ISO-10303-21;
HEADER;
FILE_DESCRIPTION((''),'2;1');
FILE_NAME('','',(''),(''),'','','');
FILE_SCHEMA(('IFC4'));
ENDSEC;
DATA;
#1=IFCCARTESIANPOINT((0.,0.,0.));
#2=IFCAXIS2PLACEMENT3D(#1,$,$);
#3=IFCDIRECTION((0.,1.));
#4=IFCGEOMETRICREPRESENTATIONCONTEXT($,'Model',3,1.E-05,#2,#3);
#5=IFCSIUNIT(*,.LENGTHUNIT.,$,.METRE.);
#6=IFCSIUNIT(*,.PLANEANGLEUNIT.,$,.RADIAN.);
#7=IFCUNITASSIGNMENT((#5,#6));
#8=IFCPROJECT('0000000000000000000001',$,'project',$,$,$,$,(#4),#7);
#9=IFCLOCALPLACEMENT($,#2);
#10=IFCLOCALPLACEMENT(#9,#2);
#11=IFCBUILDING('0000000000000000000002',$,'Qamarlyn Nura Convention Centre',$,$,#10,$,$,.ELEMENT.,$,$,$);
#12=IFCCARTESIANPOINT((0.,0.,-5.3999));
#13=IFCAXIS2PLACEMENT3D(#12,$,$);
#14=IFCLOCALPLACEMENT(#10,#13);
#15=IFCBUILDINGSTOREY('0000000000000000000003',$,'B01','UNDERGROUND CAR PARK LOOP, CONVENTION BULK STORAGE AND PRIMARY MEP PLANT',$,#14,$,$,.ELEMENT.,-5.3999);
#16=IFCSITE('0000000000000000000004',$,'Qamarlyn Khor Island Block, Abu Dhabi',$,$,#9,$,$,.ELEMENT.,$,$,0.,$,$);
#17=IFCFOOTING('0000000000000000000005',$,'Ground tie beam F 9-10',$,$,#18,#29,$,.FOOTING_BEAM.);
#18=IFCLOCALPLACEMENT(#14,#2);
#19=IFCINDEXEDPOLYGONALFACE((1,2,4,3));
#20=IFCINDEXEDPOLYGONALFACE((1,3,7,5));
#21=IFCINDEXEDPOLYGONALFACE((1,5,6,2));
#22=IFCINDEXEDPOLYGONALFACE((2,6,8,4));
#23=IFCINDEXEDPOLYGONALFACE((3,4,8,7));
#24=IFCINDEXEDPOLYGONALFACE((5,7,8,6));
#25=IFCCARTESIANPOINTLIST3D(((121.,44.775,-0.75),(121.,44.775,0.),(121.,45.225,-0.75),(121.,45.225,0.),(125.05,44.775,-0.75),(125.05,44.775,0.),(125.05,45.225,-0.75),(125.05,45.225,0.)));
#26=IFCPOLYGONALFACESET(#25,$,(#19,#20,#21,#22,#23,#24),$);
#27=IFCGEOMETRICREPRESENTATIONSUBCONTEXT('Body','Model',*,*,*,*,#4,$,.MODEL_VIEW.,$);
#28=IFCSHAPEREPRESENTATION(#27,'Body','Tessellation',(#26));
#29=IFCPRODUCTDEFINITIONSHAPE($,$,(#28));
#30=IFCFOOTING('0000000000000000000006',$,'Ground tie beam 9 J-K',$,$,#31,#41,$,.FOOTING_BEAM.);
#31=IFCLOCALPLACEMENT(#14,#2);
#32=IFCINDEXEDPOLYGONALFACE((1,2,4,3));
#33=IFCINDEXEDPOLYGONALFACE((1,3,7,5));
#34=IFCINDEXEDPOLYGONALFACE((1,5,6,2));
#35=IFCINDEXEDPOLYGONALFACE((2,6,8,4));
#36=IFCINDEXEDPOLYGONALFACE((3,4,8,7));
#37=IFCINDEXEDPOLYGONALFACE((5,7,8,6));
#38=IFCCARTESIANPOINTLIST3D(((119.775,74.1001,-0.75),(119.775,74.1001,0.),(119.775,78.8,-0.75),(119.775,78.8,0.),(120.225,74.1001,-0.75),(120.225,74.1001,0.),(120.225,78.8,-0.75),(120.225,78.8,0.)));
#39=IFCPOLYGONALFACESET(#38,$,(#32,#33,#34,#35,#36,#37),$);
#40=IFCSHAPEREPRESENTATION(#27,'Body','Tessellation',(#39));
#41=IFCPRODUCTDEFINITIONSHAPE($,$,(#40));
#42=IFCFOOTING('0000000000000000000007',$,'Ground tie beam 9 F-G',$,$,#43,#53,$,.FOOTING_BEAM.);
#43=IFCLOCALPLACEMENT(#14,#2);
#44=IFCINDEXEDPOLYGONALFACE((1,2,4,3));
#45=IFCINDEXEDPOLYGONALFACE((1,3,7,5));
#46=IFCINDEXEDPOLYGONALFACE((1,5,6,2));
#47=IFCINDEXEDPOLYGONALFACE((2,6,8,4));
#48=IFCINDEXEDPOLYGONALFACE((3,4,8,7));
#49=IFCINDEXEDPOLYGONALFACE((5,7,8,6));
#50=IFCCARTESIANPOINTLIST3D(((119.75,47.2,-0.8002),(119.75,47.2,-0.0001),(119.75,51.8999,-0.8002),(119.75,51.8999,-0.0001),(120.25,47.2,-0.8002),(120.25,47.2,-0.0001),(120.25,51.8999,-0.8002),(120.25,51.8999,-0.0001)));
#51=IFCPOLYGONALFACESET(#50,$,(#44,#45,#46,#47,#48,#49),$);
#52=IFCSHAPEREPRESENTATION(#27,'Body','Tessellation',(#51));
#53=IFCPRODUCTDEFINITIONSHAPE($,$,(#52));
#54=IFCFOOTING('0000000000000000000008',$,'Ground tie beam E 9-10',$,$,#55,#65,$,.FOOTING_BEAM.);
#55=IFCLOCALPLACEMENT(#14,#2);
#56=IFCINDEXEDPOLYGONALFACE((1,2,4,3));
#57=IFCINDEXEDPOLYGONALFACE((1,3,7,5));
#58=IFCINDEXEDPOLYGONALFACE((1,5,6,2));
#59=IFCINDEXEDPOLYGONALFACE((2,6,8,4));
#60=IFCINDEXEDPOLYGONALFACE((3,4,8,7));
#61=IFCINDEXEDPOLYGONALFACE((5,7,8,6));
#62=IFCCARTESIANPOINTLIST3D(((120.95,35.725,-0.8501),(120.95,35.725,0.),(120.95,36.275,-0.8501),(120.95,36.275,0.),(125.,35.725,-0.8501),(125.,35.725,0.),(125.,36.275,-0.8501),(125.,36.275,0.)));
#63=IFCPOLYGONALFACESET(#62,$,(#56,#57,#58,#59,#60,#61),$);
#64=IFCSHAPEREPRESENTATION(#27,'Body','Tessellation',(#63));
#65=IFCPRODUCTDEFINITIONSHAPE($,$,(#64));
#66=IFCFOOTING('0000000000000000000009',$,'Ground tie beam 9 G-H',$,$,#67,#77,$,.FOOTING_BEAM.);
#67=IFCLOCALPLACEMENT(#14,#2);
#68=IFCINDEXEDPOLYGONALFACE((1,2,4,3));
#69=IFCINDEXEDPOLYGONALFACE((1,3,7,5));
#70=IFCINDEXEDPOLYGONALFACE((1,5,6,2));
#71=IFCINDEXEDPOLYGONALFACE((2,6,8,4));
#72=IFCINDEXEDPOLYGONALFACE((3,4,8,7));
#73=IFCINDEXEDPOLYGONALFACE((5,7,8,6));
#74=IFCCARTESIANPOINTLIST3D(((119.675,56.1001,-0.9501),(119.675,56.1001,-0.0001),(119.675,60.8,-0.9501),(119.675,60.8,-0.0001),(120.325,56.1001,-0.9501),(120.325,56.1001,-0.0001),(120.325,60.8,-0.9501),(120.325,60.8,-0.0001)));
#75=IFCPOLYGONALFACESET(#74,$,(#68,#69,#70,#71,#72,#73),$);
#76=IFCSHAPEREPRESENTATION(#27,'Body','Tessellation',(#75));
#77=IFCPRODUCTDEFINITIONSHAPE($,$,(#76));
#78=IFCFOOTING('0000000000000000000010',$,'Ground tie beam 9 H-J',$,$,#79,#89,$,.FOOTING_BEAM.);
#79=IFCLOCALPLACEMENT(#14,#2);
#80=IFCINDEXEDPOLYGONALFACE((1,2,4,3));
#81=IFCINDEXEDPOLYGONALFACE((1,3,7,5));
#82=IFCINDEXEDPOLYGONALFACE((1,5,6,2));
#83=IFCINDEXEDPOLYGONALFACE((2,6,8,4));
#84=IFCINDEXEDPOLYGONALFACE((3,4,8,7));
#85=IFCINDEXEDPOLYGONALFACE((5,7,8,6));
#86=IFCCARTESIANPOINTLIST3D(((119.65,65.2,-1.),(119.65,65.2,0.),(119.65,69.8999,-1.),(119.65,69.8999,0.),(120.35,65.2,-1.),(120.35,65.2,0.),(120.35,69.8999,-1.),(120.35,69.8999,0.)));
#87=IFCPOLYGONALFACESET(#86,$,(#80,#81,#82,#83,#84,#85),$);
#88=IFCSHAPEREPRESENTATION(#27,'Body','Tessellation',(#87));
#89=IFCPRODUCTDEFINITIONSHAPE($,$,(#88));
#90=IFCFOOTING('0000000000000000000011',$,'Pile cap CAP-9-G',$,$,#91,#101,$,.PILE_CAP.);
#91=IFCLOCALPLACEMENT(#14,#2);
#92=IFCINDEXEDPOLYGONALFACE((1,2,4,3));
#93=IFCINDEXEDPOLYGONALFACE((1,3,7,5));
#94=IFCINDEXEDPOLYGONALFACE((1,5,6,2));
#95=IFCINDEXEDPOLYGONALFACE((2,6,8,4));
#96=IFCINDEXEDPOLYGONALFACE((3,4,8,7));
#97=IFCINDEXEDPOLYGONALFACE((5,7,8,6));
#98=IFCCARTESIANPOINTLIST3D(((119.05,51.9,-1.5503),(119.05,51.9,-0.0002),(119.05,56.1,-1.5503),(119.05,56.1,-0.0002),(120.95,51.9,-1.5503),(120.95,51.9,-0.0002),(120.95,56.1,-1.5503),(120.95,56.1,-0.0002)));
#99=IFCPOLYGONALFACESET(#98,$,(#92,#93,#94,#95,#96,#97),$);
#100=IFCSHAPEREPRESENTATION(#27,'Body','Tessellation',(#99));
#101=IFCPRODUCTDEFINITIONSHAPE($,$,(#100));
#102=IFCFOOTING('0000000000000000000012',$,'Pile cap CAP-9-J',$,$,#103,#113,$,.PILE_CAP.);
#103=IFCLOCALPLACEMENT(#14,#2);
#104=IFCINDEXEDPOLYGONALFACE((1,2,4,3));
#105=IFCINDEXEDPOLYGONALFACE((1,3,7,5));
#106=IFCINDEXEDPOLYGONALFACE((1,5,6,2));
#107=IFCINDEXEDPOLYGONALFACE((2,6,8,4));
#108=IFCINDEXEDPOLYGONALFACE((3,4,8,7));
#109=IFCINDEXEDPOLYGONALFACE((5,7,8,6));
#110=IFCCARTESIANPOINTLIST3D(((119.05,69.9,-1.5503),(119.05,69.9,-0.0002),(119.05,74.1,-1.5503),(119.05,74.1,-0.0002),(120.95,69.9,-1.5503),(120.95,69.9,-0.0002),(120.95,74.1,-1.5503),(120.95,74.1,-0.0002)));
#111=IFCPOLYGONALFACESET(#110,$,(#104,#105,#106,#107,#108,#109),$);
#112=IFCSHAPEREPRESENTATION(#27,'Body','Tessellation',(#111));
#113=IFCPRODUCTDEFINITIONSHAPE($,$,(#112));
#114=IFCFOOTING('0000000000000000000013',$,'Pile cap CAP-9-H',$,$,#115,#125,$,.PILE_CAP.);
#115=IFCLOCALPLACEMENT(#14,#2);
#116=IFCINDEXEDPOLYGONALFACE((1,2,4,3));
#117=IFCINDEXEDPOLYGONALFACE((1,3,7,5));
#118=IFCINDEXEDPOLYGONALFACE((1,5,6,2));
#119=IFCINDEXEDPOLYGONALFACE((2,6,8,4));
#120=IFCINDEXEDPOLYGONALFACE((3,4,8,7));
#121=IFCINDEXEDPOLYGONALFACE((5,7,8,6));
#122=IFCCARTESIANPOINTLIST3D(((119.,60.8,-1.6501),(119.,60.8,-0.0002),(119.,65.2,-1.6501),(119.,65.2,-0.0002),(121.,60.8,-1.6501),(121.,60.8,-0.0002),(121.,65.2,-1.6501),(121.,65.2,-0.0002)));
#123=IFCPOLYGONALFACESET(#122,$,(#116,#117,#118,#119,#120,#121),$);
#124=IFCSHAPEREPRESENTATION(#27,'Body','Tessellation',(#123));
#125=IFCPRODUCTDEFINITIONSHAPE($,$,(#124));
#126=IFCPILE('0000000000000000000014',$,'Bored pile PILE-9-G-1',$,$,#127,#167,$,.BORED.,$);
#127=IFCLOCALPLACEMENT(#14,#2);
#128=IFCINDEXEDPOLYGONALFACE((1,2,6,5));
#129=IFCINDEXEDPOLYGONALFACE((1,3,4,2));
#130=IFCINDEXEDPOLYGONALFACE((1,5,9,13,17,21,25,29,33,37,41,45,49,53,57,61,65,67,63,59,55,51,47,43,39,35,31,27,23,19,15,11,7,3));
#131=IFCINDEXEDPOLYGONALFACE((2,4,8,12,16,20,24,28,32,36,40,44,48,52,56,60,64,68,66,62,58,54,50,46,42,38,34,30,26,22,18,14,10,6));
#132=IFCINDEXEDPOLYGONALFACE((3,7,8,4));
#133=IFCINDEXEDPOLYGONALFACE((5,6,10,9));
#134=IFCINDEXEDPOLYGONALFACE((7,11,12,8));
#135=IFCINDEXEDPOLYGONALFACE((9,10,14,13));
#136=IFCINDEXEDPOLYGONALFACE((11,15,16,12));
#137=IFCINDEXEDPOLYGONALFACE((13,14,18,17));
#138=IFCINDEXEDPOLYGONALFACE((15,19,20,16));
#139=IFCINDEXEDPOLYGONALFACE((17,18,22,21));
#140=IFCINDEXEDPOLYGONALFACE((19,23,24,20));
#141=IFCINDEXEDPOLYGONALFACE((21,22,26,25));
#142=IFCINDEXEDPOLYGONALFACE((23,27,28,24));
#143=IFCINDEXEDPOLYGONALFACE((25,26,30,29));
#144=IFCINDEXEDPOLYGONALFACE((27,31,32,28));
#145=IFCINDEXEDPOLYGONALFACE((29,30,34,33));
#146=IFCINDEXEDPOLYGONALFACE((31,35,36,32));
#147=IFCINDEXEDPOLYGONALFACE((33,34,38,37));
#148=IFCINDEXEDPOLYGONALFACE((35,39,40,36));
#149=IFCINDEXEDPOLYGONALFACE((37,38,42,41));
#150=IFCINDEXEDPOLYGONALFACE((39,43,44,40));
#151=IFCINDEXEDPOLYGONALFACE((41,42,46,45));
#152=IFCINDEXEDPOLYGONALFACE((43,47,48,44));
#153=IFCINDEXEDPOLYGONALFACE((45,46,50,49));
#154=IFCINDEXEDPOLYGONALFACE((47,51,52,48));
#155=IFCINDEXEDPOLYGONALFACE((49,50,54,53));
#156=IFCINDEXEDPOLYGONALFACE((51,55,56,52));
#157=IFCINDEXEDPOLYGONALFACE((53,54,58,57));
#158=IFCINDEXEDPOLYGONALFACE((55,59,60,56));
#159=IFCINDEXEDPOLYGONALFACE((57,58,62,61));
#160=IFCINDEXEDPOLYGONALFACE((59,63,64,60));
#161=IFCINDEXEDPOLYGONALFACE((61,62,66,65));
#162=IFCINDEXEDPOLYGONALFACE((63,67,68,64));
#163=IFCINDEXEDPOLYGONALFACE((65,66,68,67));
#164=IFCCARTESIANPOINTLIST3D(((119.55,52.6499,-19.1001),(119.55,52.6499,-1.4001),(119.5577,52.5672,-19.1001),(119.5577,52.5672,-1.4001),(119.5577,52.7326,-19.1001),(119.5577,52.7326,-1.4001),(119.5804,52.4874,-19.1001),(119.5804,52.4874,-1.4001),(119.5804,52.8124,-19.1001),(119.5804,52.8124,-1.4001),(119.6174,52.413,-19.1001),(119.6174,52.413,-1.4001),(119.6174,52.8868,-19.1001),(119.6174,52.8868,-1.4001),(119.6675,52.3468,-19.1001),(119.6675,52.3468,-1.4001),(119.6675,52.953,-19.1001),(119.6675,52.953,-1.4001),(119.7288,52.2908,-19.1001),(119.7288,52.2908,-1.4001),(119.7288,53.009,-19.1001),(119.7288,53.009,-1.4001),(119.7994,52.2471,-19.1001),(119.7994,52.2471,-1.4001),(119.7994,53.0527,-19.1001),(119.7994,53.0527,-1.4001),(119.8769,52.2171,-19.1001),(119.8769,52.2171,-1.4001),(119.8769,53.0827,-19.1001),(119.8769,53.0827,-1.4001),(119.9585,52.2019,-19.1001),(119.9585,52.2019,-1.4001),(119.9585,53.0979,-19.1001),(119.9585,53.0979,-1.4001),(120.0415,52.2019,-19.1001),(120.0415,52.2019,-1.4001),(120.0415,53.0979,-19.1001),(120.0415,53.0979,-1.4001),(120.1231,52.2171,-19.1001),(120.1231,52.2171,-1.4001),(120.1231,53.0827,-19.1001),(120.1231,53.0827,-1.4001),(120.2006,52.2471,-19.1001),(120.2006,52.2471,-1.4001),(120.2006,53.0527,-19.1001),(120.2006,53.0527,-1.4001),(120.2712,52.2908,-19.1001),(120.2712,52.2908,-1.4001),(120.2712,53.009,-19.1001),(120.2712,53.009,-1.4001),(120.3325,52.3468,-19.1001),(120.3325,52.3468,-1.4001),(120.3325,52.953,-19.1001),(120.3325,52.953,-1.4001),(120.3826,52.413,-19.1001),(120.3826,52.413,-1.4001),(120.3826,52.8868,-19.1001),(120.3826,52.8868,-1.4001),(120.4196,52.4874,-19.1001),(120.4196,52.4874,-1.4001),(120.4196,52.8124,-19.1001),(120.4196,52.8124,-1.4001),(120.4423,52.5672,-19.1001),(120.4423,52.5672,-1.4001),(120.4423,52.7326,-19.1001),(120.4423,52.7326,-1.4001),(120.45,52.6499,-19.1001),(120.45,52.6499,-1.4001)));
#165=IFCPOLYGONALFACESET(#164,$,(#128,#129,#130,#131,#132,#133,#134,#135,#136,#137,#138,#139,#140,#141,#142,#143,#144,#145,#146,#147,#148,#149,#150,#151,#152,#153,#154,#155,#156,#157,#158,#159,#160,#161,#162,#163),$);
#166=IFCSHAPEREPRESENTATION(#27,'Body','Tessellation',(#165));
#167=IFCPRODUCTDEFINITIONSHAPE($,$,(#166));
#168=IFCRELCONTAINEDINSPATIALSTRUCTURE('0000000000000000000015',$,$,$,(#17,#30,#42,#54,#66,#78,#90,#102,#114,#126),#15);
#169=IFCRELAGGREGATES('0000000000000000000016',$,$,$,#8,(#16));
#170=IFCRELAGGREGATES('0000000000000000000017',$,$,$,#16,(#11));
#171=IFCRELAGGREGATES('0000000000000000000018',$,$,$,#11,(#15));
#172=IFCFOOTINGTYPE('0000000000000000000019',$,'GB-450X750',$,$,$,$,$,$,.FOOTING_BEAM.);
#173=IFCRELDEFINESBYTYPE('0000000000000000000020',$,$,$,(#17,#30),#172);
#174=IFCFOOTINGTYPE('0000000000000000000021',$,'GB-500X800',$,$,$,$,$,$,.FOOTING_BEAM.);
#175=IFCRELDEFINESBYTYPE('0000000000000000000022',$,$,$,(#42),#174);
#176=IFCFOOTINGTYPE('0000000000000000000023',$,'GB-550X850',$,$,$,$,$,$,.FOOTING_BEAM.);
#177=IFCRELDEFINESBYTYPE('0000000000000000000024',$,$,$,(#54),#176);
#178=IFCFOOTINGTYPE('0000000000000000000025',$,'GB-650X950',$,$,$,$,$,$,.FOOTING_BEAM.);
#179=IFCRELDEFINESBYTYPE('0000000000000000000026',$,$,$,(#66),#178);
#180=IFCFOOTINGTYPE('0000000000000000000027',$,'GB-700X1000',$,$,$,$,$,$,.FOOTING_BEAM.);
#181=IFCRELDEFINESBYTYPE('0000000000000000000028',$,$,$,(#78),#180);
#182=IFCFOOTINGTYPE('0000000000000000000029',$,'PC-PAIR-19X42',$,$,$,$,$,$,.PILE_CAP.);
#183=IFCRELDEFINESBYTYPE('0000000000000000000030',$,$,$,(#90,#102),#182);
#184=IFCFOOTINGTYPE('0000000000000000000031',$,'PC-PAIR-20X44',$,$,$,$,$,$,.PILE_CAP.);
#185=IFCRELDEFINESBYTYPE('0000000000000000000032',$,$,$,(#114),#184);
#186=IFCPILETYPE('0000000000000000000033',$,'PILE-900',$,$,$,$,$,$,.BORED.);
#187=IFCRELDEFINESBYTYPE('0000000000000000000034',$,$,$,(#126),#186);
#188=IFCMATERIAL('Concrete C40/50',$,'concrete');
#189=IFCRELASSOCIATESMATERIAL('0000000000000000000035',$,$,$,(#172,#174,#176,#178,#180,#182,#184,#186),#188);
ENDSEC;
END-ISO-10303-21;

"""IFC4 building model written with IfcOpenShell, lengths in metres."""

from ifc_helpers import new_model, si_unit, direction, frame, origin, origin_2d, place, context, subcontext, project, spatial, rectangle, circle, extrude, material, material_profile, profile_set, type_object, element, save


model = new_model("IFC4")

# Units and contexts
model_context = context("Model", 3, precision=1e-05, world=origin(), true_north=direction((0.0, 1.0)))
body_context = subcontext(model_context, "Body", "Model", "MODEL_VIEW")
ifc_project = project(units=[si_unit("LENGTHUNIT", "METRE"), si_unit("PLANEANGLEUNIT", "RADIAN")], contexts=[model_context])

# Site, building, storey
site_placement = place(None, origin())
site = spatial("IfcSite", under=ifc_project, at=site_placement, Name="Qamarlyn Khor Island Block, Abu Dhabi", CompositionType="ELEMENT", RefElevation=0.0)
building_placement = place(site_placement, origin())
building = spatial("IfcBuilding", under=site, at=building_placement, Name="Qamarlyn Nura Convention Centre", CompositionType="ELEMENT")
storey_placement = place(building_placement, frame((0.0, 0.0, -5.3999)))
storey = spatial("IfcBuildingStorey", under=building, at=storey_placement, Name="B01", Description="UNDERGROUND CAR PARK LOOP, CONVENTION BULK STORAGE AND PRIMARY MEP PLANT", CompositionType="ELEMENT", Elevation=-5.3999)

# Footings
ifc_material_1 = material(Name="Concrete C40/50", Category="concrete")
ifc_material_profile_1 = material_profile(ifc_material_1, rectangle(XDim=0.45, YDim=0.75, at=origin_2d()), Name="RC GB 450x750")
ifc_profile_set_1 = profile_set([ifc_material_profile_1], Name="Concrete C40/50")
footing_type_1 = type_object("IfcFootingType", Name="GB-450X750", PredefinedType="FOOTING_BEAM", material=ifc_profile_set_1)
footing_1_placement = place(storey_placement, frame((121.0, 45.0, -0.375), z_axis=(1.0, 0.0, 0.0), x_axis=(0.0, 1.0, 0.0)))
element("IfcFooting", 1, at=footing_1_placement, inside=storey, type_object=footing_type_1, Name="Ground tie beam F 9-10", PredefinedType="FOOTING_BEAM", context=body_context, shape_type="SweptSolid", body=[
    extrude(rectangle(XDim=0.45, YDim=0.75, at=origin_2d()), origin(), (0.0, 0.0, 1.0), 4.05),
])
footing_2_placement = place(storey_placement, frame((120.0, 74.1001, -0.375), z_axis=(0.0, 1.0, 0.0), x_axis=(-1.0, 0.0, 0.0)))
element("IfcFooting", 2, at=footing_2_placement, inside=storey, type_object=footing_type_1, Name="Ground tie beam 9 J-K", PredefinedType="FOOTING_BEAM", context=body_context, shape_type="SweptSolid", body=[
    extrude(rectangle(XDim=0.45, YDim=0.75, at=origin_2d()), origin(), (0.0, 0.0, 1.0), 4.7),
])
ifc_material_profile_2 = material_profile(ifc_material_1, rectangle(XDim=0.5, YDim=0.8, at=origin_2d()), Name="RC GB 500x800")
ifc_profile_set_2 = profile_set([ifc_material_profile_2], Name="Concrete C40/50")
footing_type_2 = type_object("IfcFootingType", Name="GB-500X800", PredefinedType="FOOTING_BEAM", material=ifc_profile_set_2)
footing_3_placement = place(storey_placement, frame((120.0, 47.2, -0.4001), z_axis=(0.0, 1.0, 0.0), x_axis=(-1.0, 0.0, 0.0)))
element("IfcFooting", 3, at=footing_3_placement, inside=storey, type_object=footing_type_2, Name="Ground tie beam 9 F-G", PredefinedType="FOOTING_BEAM", context=body_context, shape_type="SweptSolid", body=[
    extrude(rectangle(XDim=0.5, YDim=0.8, at=origin_2d()), origin(), (0.0, 0.0, 1.0), 4.7),
])
ifc_material_profile_3 = material_profile(ifc_material_1, rectangle(XDim=0.55, YDim=0.8501, at=origin_2d()), Name="RC GB 550x850")
ifc_profile_set_3 = profile_set([ifc_material_profile_3], Name="Concrete C40/50")
footing_type_3 = type_object("IfcFootingType", Name="GB-550X850", PredefinedType="FOOTING_BEAM", material=ifc_profile_set_3)
footing_4_placement = place(storey_placement, frame((120.95, 36.0, -0.425), z_axis=(1.0, 0.0, 0.0), x_axis=(0.0, 1.0, 0.0)))
element("IfcFooting", 4, at=footing_4_placement, inside=storey, type_object=footing_type_3, Name="Ground tie beam E 9-10", PredefinedType="FOOTING_BEAM", context=body_context, shape_type="SweptSolid", body=[
    extrude(rectangle(XDim=0.55, YDim=0.8501, at=origin_2d()), origin(), (0.0, 0.0, 1.0), 4.05),
])
ifc_material_profile_4 = material_profile(ifc_material_1, rectangle(XDim=0.6499, YDim=0.95, at=origin_2d()), Name="RC GB 650x950")
ifc_profile_set_4 = profile_set([ifc_material_profile_4], Name="Concrete C40/50")
footing_type_4 = type_object("IfcFootingType", Name="GB-650X950", PredefinedType="FOOTING_BEAM", material=ifc_profile_set_4)
footing_5_placement = place(storey_placement, frame((120.0, 56.1001, -0.4751), z_axis=(0.0, 1.0, 0.0), x_axis=(-1.0, 0.0, 0.0)))
element("IfcFooting", 5, at=footing_5_placement, inside=storey, type_object=footing_type_4, Name="Ground tie beam 9 G-H", PredefinedType="FOOTING_BEAM", context=body_context, shape_type="SweptSolid", body=[
    extrude(rectangle(XDim=0.6499, YDim=0.95, at=origin_2d()), origin(), (0.0, 0.0, 1.0), 4.7),
])
ifc_material_profile_5 = material_profile(ifc_material_1, rectangle(XDim=0.7, YDim=1.0, at=origin_2d()), Name="RC GB 700x1000")
ifc_profile_set_5 = profile_set([ifc_material_profile_5], Name="Concrete C40/50")
footing_type_5 = type_object("IfcFootingType", Name="GB-700X1000", PredefinedType="FOOTING_BEAM", material=ifc_profile_set_5)
footing_6_placement = place(storey_placement, frame((120.0, 65.2, -0.5), z_axis=(0.0, 1.0, 0.0), x_axis=(-1.0, 0.0, 0.0)))
element("IfcFooting", 6, at=footing_6_placement, inside=storey, type_object=footing_type_5, Name="Ground tie beam 9 H-J", PredefinedType="FOOTING_BEAM", context=body_context, shape_type="SweptSolid", body=[
    extrude(rectangle(XDim=0.7, YDim=1.0, at=origin_2d()), origin(), (0.0, 0.0, 1.0), 4.7),
])
footing_type_6 = type_object("IfcFootingType", Name="PC-PAIR-19X42", PredefinedType="PILE_CAP", material=ifc_material_1)
for number, where, z_axis, x_axis, name in (
    (7, (120.0, 54.0, -1.5503), (0.0, 0.0, 1.0), (1.0, 0.0, 0.0), "Pile cap CAP-9-G"),
    (8, (120.0, 72.0, -1.5503), (0.0, 0.0, 1.0), (1.0, 0.0, 0.0), "Pile cap CAP-9-J"),
):
    element("IfcFooting", number, at=place(storey_placement, frame(where, z_axis=z_axis, x_axis=x_axis)), inside=storey, type_object=footing_type_6, Name=name, PredefinedType="PILE_CAP", context=body_context, shape_type="SweptSolid", body=[
        extrude(rectangle(XDim=1.8999, YDim=4.2, at=origin_2d()), origin(), (0.0, 0.0, 1.0), 1.55),
    ])
footing_type_7 = type_object("IfcFootingType", Name="PC-PAIR-20X44", PredefinedType="PILE_CAP", material=ifc_material_1)
footing_7_placement = place(storey_placement, frame((120.0, 63.0, -1.6501), z_axis=(0.0, 0.0, 1.0), x_axis=(1.0, 0.0, 0.0)))
element("IfcFooting", 9, at=footing_7_placement, inside=storey, type_object=footing_type_7, Name="Pile cap CAP-9-H", PredefinedType="PILE_CAP", context=body_context, shape_type="SweptSolid", body=[
    extrude(rectangle(XDim=2.0, YDim=4.3999, at=origin_2d()), origin(), (0.0, 0.0, 1.0), 1.6499),
])

# Pile
ifc_material_profile_6 = material_profile(ifc_material_1, circle(Radius=0.45, at=origin_2d()), Name="BORED PILE 900")
ifc_profile_set_6 = profile_set([ifc_material_profile_6], Name="Concrete C40/50")
pile_type = type_object("IfcPileType", Name="PILE-900", PredefinedType="BORED", material=ifc_profile_set_6)
for number, where, z_axis, x_axis, name in (
    (10, (120.0, 52.6499, -1.4001), (0.0, 0.0, -1.0), (1.0, 0.0, 0.0), "Bored pile PILE-9-G-1"),
):
    element("IfcPile", number, at=place(storey_placement, frame(where, z_axis=z_axis, x_axis=x_axis)), inside=storey, type_object=pile_type, Name=name, PredefinedType="BORED", context=body_context, shape_type="SweptSolid", body=[
        extrude(circle(Radius=0.45, at=origin_2d()), origin(), (0.0, 0.0, 1.0), 17.7),
    ])

save(model, "model.ifc")
